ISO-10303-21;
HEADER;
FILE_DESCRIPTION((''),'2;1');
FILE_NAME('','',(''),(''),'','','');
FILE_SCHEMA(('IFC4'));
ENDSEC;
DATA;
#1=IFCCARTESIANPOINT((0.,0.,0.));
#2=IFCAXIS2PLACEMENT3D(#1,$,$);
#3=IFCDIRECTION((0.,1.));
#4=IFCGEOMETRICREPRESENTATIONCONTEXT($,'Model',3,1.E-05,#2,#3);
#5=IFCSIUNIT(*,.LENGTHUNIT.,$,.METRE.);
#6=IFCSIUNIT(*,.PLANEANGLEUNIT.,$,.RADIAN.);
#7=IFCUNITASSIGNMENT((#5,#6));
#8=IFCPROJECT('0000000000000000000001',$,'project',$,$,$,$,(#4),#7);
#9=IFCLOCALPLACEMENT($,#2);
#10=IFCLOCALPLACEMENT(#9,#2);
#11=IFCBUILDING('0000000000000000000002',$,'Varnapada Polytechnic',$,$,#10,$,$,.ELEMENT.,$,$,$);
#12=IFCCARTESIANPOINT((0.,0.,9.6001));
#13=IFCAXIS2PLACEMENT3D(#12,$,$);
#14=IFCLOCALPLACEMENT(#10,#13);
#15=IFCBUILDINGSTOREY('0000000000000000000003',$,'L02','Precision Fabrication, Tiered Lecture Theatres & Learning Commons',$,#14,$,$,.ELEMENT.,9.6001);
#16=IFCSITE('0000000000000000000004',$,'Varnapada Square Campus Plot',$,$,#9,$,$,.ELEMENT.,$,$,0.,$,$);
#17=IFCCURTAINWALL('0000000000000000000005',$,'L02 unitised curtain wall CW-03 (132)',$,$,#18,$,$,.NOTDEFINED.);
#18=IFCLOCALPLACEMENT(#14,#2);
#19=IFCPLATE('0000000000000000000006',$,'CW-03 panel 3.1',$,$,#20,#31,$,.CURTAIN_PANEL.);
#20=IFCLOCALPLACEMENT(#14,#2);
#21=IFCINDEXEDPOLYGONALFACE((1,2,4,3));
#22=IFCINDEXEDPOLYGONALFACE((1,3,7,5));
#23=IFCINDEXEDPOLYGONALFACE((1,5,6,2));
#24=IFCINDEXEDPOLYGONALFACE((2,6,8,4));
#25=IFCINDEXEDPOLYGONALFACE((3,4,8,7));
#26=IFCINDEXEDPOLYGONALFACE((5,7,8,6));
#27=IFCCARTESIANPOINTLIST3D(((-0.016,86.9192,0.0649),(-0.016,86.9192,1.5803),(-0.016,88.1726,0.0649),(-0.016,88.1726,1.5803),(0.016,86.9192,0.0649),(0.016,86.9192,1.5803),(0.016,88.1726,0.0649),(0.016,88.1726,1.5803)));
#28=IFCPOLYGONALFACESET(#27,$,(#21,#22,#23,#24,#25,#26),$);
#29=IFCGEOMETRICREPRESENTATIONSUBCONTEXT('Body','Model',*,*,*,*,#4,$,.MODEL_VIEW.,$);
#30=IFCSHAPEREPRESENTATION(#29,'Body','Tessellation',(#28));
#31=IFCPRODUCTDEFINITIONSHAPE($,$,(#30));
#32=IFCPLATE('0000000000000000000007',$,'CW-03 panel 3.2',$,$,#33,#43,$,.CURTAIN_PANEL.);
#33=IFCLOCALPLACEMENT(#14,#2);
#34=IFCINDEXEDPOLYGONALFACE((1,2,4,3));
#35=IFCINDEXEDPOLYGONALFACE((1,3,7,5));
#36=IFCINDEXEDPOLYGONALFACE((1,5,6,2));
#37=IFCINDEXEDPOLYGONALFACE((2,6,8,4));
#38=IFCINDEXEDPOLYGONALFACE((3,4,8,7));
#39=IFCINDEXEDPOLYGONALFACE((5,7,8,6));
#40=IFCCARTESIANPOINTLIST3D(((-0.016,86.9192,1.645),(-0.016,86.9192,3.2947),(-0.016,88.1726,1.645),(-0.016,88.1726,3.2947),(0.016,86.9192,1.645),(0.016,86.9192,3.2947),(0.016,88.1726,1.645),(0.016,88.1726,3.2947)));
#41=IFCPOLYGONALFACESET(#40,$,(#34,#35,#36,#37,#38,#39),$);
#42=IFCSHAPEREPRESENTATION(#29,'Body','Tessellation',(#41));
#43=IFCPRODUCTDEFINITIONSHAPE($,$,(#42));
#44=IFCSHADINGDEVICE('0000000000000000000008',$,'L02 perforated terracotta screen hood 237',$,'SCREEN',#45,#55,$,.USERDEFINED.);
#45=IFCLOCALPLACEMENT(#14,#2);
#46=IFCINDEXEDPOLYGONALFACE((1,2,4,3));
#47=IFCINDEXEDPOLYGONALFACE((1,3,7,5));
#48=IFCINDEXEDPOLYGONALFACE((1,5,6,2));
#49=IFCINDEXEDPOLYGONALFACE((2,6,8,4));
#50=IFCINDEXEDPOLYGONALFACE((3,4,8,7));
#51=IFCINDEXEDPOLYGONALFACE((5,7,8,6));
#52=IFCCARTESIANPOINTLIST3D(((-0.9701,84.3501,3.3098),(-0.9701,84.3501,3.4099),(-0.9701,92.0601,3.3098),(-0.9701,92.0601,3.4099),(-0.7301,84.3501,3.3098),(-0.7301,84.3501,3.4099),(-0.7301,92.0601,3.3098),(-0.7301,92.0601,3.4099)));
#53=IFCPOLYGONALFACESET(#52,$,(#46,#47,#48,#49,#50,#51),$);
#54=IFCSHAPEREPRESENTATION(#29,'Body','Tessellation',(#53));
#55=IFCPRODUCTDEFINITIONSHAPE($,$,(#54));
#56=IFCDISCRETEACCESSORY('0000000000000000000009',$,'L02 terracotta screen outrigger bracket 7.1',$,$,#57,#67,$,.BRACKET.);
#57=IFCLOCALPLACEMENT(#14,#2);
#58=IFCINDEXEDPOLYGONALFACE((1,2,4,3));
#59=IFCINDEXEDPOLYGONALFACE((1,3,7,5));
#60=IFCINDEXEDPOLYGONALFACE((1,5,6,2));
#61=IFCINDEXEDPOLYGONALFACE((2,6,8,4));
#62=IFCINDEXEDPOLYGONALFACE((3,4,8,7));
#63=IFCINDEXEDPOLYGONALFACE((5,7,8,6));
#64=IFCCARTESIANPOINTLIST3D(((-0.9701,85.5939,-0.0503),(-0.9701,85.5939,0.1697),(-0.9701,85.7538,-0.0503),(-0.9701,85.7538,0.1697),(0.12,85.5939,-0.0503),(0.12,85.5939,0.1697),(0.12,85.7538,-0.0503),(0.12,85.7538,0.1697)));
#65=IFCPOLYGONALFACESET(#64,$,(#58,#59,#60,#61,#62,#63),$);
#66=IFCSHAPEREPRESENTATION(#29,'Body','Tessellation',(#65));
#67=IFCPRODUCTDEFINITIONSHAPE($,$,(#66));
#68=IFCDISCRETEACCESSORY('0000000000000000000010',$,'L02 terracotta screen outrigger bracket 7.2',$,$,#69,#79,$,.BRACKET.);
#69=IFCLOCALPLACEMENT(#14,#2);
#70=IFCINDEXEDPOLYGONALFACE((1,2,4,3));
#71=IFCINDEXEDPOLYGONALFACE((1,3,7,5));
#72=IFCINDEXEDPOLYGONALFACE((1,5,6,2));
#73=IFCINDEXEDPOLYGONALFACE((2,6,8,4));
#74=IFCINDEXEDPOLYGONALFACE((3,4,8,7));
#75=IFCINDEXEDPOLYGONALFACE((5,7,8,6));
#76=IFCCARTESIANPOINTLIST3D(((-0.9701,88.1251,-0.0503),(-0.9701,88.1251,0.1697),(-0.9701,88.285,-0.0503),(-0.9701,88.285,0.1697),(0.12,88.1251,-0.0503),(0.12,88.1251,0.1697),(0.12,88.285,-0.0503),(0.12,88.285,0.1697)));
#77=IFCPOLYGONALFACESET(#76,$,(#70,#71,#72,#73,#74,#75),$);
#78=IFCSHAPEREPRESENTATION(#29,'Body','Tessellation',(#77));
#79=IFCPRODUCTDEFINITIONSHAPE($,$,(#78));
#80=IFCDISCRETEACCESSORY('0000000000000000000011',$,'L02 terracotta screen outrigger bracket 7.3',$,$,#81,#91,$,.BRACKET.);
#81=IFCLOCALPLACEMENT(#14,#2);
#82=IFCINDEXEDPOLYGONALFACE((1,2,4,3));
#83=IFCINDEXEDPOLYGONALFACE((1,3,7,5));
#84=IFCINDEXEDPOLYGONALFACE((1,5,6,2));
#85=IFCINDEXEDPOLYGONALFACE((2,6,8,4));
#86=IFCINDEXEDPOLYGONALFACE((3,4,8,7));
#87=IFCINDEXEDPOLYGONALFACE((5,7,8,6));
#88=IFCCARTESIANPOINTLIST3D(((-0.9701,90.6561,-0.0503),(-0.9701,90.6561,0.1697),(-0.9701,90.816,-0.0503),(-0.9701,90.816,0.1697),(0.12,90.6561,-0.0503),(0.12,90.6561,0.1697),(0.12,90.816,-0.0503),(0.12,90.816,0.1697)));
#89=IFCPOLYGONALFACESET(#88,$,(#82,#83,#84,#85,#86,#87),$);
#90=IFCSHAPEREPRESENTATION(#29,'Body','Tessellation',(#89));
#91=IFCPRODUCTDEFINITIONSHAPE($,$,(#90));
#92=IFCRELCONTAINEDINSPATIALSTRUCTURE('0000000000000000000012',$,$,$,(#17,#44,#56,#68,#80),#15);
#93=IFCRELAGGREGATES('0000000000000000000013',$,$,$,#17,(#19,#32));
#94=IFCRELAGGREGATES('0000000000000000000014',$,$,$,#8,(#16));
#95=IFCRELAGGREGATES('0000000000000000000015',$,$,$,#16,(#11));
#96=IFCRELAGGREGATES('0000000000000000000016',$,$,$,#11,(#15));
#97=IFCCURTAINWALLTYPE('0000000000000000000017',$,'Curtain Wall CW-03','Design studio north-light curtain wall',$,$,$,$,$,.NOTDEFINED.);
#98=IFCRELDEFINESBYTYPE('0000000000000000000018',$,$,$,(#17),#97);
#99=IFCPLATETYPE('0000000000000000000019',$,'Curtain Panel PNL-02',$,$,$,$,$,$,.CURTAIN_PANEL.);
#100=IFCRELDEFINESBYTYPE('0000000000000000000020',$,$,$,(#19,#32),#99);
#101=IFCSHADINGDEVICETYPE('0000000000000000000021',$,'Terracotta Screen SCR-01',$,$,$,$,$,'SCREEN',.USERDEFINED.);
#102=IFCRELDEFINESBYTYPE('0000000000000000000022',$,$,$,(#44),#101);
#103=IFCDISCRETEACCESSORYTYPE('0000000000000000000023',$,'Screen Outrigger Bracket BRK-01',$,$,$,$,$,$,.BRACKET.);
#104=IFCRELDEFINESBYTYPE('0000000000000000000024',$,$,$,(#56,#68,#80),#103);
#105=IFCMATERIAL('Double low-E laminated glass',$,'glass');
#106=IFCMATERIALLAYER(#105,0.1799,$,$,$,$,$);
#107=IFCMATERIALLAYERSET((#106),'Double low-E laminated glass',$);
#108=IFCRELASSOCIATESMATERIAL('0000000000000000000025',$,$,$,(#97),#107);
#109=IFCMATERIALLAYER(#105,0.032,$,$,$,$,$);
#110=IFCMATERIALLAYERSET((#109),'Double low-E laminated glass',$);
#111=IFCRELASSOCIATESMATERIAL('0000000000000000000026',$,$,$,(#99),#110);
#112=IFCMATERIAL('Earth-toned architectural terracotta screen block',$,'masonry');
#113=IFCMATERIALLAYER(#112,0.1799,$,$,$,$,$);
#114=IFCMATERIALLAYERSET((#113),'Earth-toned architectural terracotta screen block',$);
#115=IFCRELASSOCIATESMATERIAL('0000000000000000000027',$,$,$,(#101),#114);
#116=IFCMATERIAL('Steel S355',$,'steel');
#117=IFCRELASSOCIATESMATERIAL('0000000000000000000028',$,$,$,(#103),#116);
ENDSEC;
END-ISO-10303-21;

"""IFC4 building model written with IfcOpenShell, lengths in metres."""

from ifc_helpers import new_model, si_unit, direction, frame, origin, origin_2d, place, context, subcontext, project, spatial, rectangle, extrude, material, layer, layer_set, type_object, element, aggregate, save


model = new_model("IFC4")

# Units and contexts
model_context = context("Model", 3, precision=1e-05, world=origin(), true_north=direction((0.0, 1.0)))
body_context = subcontext(model_context, "Body", "Model", "MODEL_VIEW")
ifc_project = project(units=[si_unit("LENGTHUNIT", "METRE"), si_unit("PLANEANGLEUNIT", "RADIAN")], contexts=[model_context])

# Site, building, storey
site_placement = place(None, origin())
site = spatial("IfcSite", under=ifc_project, at=site_placement, Name="Varnapada Square Campus Plot", CompositionType="ELEMENT", RefElevation=0.0)
building_placement = place(site_placement, origin())
building = spatial("IfcBuilding", under=site, at=building_placement, Name="Varnapada Polytechnic", CompositionType="ELEMENT")
storey_placement = place(building_placement, frame((0.0, 0.0, 9.6001)))
storey = spatial("IfcBuildingStorey", under=building, at=storey_placement, Name="L02", Description="Precision Fabrication, Tiered Lecture Theatres & Learning Commons", CompositionType="ELEMENT", Elevation=9.6001)

# Curtain wall, plates
ifc_material_1 = material(Name="Double low-E laminated glass", Category="glass")
ifc_layer_1 = layer(ifc_material_1, 0.1799)
ifc_layer_set_1 = layer_set([ifc_layer_1], Name="Double low-E laminated glass")
curtain_wall_type = type_object("IfcCurtainWallType", Name="Curtain Wall CW-03", Description="Design studio north-light curtain wall", PredefinedType="NOTDEFINED", material=ifc_layer_set_1)
curtain_wall_placement = place(storey_placement, origin())
curtain_wall = element("IfcCurtainWall", 1, at=curtain_wall_placement, inside=storey, type_object=curtain_wall_type, Name="L02 unitised curtain wall CW-03 (132)", PredefinedType="NOTDEFINED")
ifc_layer_2 = layer(ifc_material_1, 0.032)
ifc_layer_set_2 = layer_set([ifc_layer_2], Name="Double low-E laminated glass")
plate_type = type_object("IfcPlateType", Name="Curtain Panel PNL-02", PredefinedType="CURTAIN_PANEL", material=ifc_layer_set_2)
plate_1_placement = place(storey_placement, frame((0.0, 87.5459, 0.0649), z_axis=(0.0, 0.0, 1.0), x_axis=(0.0, 1.0, 0.0)))
plate_1 = element("IfcPlate", 2, at=plate_1_placement, type_object=plate_type, Name="CW-03 panel 3.1", PredefinedType="CURTAIN_PANEL", context=body_context, shape_type="SweptSolid", body=[
    extrude(rectangle(XDim=1.2534, YDim=0.032, at=origin_2d()), origin(), (0.0, 0.0, 1.0), 1.5154),
])
plate_2_placement = place(storey_placement, frame((0.0, 87.5459, 1.645), z_axis=(0.0, 0.0, 1.0), x_axis=(0.0, 1.0, 0.0)))
plate_2 = element("IfcPlate", 3, at=plate_2_placement, type_object=plate_type, Name="CW-03 panel 3.2", PredefinedType="CURTAIN_PANEL", context=body_context, shape_type="SweptSolid", body=[
    extrude(rectangle(XDim=1.2534, YDim=0.032, at=origin_2d()), origin(), (0.0, 0.0, 1.0), 1.6497),
])
aggregate(curtain_wall, [plate_1, plate_2])

# Shading device
ifc_material_2 = material(Name="Earth-toned architectural terracotta screen block", Category="masonry")
ifc_layer_3 = layer(ifc_material_2, 0.1799)
ifc_layer_set_3 = layer_set([ifc_layer_3], Name="Earth-toned architectural terracotta screen block")
shading_device_type = type_object("IfcShadingDeviceType", Name="Terracotta Screen SCR-01", ElementType="SCREEN", PredefinedType="USERDEFINED", material=ifc_layer_set_3)
shading_device_placement = place(storey_placement, frame((-0.8501, 88.2051, 3.3098), z_axis=(0.0, 0.0, 1.0), x_axis=(0.0, 1.0, 0.0)))
element("IfcShadingDevice", 4, at=shading_device_placement, inside=storey, type_object=shading_device_type, Name="L02 perforated terracotta screen hood 237", ObjectType="SCREEN", PredefinedType="USERDEFINED", context=body_context, shape_type="SweptSolid", body=[
    extrude(rectangle(XDim=7.71, YDim=0.24, at=origin_2d()), origin(), (0.0, 0.0, 1.0), 0.1001),
])

# Discrete accessories
ifc_material_3 = material(Name="Steel S355", Category="steel")
discrete_accessory_type = type_object("IfcDiscreteAccessoryType", Name="Screen Outrigger Bracket BRK-01", PredefinedType="BRACKET", material=ifc_material_3)
for number, where, z_axis, x_axis, name in (
    (5, (-0.425, 85.6738, -0.0503), (0.0, 0.0, 1.0), (0.0, 1.0, 0.0), "L02 terracotta screen outrigger bracket 7.1"),
    (6, (-0.425, 88.2051, -0.0503), (0.0, 0.0, 1.0), (0.0, 1.0, 0.0), "L02 terracotta screen outrigger bracket 7.2"),
    (7, (-0.425, 90.7361, -0.0503), (0.0, 0.0, 1.0), (0.0, 1.0, 0.0), "L02 terracotta screen outrigger bracket 7.3"),
):
    element("IfcDiscreteAccessory", number, at=place(storey_placement, frame(where, z_axis=z_axis, x_axis=x_axis)), inside=storey, type_object=discrete_accessory_type, Name=name, PredefinedType="BRACKET", context=body_context, shape_type="SweptSolid", body=[
        extrude(rectangle(XDim=0.1599, YDim=1.0901, at=origin_2d()), origin(), (0.0, 0.0, 1.0), 0.22),
    ])

save(model, "model.ifc")
